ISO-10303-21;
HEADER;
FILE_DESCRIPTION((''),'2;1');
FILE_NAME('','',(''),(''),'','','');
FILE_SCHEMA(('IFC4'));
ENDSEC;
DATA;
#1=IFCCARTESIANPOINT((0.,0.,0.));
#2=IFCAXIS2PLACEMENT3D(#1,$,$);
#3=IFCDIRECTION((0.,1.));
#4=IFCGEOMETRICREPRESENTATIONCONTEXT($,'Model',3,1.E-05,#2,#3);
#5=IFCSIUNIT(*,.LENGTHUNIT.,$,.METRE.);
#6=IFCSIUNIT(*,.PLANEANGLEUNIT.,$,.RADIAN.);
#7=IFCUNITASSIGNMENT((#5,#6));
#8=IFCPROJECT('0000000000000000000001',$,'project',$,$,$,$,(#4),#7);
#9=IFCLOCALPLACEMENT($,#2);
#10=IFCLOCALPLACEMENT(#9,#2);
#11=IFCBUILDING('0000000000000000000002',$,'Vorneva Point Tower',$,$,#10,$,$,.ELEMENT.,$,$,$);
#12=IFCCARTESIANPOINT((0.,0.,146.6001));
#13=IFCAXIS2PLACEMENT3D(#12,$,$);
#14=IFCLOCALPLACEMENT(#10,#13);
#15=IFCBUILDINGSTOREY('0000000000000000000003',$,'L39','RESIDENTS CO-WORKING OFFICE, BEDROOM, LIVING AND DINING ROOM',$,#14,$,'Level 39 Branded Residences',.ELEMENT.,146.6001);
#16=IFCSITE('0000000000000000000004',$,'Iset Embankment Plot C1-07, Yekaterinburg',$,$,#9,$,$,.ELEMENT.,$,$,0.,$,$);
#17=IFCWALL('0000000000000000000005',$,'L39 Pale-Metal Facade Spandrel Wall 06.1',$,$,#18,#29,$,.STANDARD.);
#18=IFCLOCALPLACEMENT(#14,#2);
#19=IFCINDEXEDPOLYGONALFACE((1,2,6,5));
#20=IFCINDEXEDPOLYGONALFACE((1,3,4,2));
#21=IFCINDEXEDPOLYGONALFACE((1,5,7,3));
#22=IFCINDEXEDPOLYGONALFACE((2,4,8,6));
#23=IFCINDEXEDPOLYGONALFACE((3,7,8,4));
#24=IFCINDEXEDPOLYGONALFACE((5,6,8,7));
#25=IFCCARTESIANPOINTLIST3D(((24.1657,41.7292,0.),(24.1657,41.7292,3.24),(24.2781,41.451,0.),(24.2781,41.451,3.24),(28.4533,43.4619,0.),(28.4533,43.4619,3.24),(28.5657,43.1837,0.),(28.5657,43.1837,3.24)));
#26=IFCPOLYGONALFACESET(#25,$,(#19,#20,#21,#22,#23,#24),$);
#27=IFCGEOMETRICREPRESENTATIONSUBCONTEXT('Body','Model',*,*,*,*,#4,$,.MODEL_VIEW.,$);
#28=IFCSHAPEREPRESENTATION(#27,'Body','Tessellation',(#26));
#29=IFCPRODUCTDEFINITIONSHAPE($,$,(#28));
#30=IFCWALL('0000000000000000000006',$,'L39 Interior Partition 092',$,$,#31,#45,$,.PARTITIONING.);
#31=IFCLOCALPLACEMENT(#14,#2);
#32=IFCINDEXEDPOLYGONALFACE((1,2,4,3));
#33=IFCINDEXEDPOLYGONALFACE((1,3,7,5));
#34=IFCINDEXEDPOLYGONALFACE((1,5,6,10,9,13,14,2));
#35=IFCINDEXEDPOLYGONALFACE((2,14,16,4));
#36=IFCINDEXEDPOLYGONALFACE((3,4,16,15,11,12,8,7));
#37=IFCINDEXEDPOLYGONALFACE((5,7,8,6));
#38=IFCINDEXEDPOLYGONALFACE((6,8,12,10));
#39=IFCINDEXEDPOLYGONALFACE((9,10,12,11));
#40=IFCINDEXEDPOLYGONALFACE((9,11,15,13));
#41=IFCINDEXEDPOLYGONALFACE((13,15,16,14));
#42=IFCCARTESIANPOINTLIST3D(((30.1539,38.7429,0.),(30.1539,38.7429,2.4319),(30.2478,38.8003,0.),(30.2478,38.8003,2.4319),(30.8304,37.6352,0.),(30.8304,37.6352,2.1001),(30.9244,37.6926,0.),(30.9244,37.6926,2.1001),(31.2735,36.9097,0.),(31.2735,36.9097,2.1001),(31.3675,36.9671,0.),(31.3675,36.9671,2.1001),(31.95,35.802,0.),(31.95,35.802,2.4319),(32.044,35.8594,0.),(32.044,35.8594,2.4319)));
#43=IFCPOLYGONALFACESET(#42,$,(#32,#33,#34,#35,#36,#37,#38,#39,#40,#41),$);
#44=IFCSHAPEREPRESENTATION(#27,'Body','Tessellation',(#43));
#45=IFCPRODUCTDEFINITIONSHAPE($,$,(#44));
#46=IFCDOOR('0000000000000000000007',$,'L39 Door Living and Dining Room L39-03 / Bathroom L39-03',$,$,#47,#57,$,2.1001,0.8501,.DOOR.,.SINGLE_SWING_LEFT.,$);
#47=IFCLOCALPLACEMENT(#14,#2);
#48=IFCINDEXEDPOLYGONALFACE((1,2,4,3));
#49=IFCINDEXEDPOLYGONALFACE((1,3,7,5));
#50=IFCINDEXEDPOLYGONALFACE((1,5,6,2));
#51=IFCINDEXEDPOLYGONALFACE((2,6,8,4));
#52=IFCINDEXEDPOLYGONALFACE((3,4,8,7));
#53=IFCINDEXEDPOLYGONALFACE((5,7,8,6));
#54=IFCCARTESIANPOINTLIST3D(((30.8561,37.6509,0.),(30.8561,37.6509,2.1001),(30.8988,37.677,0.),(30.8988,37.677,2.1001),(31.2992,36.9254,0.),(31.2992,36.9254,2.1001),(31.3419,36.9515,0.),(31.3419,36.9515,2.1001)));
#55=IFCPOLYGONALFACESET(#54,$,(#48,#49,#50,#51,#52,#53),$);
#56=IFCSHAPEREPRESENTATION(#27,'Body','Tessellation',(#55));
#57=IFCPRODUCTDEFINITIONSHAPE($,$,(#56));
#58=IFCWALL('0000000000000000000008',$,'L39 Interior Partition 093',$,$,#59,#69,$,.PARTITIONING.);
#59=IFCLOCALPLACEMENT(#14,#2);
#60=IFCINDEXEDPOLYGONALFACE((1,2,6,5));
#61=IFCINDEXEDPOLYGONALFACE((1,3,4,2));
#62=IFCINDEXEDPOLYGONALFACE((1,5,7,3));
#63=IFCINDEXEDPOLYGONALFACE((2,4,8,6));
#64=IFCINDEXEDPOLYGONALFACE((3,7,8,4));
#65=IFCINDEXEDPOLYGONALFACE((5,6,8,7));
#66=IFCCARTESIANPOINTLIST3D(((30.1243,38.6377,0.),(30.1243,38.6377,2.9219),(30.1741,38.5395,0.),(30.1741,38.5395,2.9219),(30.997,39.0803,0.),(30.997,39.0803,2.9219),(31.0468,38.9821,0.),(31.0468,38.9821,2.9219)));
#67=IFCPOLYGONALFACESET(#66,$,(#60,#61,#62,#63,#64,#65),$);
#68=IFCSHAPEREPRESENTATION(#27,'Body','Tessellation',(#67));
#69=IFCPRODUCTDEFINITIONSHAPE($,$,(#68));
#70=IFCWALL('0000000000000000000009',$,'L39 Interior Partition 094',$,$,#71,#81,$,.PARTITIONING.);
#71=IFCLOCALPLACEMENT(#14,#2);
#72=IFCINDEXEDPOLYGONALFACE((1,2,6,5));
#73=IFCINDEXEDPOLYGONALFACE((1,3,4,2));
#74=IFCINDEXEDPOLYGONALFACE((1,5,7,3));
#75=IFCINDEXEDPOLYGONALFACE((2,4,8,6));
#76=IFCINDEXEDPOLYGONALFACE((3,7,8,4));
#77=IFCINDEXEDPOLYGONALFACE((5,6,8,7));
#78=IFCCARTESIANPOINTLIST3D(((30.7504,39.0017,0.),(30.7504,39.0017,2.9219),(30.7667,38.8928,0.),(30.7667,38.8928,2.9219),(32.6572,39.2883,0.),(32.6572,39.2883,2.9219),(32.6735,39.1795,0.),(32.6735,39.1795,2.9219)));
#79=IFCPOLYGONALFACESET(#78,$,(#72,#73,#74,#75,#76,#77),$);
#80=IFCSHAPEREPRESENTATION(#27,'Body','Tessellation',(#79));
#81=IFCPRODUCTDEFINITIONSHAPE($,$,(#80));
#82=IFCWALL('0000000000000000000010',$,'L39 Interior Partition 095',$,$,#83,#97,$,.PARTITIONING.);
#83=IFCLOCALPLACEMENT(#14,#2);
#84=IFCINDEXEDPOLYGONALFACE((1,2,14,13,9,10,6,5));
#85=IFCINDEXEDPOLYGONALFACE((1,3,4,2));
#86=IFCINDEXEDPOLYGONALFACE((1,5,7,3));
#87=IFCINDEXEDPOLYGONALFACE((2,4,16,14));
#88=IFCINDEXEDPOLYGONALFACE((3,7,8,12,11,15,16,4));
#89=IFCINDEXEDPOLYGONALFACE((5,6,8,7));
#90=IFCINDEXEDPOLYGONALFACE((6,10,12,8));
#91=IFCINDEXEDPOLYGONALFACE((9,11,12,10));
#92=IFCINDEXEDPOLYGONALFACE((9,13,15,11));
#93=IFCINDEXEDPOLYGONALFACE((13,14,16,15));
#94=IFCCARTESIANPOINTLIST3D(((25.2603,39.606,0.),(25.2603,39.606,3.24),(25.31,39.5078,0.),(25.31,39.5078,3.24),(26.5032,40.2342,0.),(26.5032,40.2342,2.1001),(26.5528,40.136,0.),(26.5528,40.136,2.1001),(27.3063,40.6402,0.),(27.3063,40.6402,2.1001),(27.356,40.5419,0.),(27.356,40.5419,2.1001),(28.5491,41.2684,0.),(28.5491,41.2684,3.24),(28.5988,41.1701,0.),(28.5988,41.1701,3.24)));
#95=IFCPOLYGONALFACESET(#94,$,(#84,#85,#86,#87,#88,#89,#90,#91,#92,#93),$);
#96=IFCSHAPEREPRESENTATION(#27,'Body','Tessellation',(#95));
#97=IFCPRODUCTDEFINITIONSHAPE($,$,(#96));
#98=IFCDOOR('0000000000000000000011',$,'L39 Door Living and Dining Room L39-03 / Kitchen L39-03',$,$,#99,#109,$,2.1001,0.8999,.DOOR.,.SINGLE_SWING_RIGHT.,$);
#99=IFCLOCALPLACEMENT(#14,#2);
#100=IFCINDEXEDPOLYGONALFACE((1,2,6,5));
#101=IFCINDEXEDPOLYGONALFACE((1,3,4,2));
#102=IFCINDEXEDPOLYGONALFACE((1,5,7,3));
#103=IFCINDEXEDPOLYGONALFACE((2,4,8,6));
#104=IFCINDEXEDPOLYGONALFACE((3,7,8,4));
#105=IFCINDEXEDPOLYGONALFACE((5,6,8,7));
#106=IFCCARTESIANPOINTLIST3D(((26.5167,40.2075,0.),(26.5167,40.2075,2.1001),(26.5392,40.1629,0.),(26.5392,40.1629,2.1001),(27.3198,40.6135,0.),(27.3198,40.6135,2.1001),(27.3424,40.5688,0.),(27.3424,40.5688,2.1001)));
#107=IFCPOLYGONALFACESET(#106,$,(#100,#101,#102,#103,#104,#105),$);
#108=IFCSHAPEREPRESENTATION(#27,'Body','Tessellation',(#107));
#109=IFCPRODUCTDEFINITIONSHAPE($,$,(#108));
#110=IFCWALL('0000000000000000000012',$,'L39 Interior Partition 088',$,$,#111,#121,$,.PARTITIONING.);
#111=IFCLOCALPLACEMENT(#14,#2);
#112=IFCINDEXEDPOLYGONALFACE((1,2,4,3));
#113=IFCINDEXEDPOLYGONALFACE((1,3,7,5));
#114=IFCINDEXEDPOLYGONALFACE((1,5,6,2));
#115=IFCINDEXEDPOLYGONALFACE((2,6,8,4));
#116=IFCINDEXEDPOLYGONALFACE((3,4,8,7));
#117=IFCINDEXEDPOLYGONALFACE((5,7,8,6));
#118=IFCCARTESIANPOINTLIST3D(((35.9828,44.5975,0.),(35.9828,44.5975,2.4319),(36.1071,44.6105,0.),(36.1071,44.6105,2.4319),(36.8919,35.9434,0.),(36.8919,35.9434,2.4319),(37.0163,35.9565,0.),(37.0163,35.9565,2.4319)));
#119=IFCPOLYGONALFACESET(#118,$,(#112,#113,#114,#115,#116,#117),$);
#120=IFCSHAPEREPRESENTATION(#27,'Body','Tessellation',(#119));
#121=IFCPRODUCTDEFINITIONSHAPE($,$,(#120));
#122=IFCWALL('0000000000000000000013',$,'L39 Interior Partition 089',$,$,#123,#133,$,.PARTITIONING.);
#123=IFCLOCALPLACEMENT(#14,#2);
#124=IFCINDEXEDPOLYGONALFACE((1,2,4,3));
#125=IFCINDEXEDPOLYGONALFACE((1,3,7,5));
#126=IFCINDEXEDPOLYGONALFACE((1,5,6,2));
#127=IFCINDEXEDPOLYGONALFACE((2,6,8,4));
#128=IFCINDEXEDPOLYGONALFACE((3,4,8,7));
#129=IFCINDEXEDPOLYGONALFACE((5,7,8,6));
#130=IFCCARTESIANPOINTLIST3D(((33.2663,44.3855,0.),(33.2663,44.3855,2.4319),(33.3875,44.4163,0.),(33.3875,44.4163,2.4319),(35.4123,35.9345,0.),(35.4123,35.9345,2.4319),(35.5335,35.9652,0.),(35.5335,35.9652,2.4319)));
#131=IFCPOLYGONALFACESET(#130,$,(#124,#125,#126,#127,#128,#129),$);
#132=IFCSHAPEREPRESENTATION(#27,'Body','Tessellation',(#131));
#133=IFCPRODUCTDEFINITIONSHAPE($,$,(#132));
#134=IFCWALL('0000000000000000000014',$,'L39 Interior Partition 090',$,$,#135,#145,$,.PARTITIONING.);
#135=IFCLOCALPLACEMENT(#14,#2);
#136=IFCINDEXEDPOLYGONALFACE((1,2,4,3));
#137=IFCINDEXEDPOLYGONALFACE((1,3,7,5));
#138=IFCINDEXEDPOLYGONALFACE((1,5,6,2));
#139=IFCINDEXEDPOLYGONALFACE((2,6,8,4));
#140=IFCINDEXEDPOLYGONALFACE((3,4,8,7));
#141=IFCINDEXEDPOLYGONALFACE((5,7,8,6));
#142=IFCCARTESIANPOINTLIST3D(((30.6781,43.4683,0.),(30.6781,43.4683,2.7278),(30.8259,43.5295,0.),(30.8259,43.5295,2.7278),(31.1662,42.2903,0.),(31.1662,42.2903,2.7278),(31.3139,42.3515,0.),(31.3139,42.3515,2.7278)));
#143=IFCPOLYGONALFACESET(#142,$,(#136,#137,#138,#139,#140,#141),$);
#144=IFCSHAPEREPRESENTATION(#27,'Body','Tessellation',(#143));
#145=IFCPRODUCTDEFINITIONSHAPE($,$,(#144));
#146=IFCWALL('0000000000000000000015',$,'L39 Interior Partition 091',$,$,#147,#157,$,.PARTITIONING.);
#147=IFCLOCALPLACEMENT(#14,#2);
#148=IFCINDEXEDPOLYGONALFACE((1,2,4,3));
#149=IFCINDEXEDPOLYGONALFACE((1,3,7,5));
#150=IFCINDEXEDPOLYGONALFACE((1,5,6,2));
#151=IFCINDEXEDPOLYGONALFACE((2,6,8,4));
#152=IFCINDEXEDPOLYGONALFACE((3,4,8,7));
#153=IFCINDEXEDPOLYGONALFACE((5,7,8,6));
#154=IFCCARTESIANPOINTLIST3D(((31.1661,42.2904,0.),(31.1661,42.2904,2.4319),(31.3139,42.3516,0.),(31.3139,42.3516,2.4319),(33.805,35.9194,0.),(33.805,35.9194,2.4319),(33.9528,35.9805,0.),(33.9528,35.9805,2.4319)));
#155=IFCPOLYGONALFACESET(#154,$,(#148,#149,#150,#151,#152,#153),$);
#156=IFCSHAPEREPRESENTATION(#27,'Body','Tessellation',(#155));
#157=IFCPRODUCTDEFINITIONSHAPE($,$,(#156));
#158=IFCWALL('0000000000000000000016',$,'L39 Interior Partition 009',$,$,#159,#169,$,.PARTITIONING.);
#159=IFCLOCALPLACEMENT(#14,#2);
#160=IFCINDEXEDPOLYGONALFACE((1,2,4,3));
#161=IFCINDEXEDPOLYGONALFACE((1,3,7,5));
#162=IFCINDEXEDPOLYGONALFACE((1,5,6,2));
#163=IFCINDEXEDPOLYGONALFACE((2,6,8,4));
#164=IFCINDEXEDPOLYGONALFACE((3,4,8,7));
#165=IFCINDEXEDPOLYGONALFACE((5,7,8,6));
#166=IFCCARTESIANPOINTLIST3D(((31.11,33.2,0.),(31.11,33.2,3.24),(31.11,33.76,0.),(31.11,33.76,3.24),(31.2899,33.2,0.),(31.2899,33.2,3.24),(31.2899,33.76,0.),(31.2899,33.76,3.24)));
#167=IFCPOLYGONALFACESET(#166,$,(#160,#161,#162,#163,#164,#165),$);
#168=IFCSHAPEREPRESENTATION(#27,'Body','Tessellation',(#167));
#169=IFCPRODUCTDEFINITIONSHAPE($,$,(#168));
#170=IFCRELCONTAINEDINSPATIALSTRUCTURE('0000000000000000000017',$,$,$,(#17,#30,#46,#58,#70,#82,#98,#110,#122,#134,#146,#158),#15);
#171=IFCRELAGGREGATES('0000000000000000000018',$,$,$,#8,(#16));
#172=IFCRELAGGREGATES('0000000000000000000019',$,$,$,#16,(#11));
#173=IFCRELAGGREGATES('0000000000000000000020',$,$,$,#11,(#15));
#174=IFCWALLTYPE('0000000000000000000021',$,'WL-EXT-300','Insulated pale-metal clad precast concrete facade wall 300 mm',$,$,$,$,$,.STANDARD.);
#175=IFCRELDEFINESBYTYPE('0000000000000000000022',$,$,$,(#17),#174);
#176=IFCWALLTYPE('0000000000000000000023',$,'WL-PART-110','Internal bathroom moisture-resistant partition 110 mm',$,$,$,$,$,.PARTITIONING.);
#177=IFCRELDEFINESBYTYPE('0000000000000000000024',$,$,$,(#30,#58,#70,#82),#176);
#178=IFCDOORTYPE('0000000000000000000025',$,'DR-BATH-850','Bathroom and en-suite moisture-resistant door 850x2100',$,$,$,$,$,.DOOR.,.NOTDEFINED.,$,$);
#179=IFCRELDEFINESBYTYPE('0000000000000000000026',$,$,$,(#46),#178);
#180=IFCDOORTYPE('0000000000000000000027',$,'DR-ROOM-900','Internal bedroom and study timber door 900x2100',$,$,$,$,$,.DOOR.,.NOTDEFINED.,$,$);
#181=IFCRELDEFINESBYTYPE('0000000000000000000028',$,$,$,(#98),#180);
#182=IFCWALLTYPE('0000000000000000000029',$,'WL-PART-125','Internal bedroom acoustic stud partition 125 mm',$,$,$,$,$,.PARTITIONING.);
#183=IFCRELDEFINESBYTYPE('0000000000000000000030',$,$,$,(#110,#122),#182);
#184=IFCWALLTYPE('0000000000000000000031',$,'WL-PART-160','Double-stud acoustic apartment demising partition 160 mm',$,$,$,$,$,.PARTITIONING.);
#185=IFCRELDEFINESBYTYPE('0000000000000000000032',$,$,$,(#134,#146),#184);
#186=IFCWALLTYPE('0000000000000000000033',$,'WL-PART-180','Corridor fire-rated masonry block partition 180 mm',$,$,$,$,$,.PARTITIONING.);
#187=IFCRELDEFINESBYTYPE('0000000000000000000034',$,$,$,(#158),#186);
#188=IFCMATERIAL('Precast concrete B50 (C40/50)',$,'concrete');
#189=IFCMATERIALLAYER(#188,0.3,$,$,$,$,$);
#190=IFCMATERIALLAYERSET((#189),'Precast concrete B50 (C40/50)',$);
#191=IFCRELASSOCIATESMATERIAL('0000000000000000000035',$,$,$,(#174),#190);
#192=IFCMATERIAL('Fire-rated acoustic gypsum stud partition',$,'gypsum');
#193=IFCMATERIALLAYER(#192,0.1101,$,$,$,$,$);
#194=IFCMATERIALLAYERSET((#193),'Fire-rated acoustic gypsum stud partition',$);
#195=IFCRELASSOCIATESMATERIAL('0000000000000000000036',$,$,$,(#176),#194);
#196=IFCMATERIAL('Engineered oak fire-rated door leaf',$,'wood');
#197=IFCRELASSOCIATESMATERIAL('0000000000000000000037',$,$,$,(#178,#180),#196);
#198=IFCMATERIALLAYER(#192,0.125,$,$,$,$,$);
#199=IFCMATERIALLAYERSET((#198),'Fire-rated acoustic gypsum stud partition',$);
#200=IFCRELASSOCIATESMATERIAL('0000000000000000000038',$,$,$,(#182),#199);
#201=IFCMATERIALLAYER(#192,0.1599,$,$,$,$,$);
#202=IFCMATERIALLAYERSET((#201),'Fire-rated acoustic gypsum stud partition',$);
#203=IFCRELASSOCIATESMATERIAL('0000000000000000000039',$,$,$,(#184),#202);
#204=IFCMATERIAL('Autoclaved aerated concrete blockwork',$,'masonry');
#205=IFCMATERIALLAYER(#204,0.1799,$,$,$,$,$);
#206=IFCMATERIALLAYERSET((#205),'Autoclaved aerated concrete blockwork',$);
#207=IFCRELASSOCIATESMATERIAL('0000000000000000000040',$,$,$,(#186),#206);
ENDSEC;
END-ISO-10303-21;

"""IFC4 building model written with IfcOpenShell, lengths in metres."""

from ifc_helpers import new_model, si_unit, direction, frame, frame_2d, origin, place, context, subcontext, project, spatial, rectangle, extrude, material, layer, layer_set, type_object, element, fill, save


model = new_model("IFC4")

# Units and contexts
model_context = context("Model", 3, precision=1e-05, world=origin(), true_north=direction((0.0, 1.0)))
body_context = subcontext(model_context, "Body", "Model", "MODEL_VIEW")
ifc_project = project(units=[si_unit("LENGTHUNIT", "METRE"), si_unit("PLANEANGLEUNIT", "RADIAN")], contexts=[model_context])

# Site, building, storey
site_placement = place(None, origin())
site = spatial("IfcSite", under=ifc_project, at=site_placement, Name="Iset Embankment Plot C1-07, Yekaterinburg", CompositionType="ELEMENT", RefElevation=0.0)
building_placement = place(site_placement, origin())
building = spatial("IfcBuilding", under=site, at=building_placement, Name="Vorneva Point Tower", CompositionType="ELEMENT")
storey_placement = place(building_placement, frame((0.0, 0.0, 146.6001)))
storey = spatial("IfcBuildingStorey", under=building, at=storey_placement, Name="L39", Description="RESIDENTS CO-WORKING OFFICE, BEDROOM, LIVING AND DINING ROOM", LongName="Level 39 Branded Residences", CompositionType="ELEMENT", Elevation=146.6001)

# Wall
ifc_material_1 = material(Name="Precast concrete B50 (C40/50)", Category="concrete")
ifc_layer_1 = layer(ifc_material_1, 0.3)
ifc_layer_set_1 = layer_set([ifc_layer_1], Name="Precast concrete B50 (C40/50)")
wall_type_1 = type_object("IfcWallType", Name="WL-EXT-300", Description="Insulated pale-metal clad precast concrete facade wall 300 mm", PredefinedType="STANDARD", material=ifc_layer_set_1)
wall_1_placement = place(storey_placement, frame((28.5095, 43.3228, 0.0), z_axis=(0.0, 0.0, 1.0), x_axis=(-0.927157, -0.374674, 0.0)))
element("IfcWall", 1, at=wall_1_placement, inside=storey, type_object=wall_type_1, Name="L39 Pale-Metal Facade Spandrel Wall 06.1", PredefinedType="STANDARD", context=body_context, shape_type="SweptSolid", body=[
    extrude(rectangle(XDim=4.6245, YDim=0.3, at=frame_2d((2.3123, 0.0))), origin(), (0.0, 0.0, 1.0), 3.24),
])

# Wall, opening, door
ifc_material_2 = material(Name="Fire-rated acoustic gypsum stud partition", Category="gypsum")
ifc_layer_2 = layer(ifc_material_2, 0.1101)
ifc_layer_set_2 = layer_set([ifc_layer_2], Name="Fire-rated acoustic gypsum stud partition")
wall_type_2 = type_object("IfcWallType", Name="WL-PART-110", Description="Internal bathroom moisture-resistant partition 110 mm", PredefinedType="PARTITIONING", material=ifc_layer_set_2)
wall_2_placement = place(storey_placement, frame((31.9971, 35.8306, 0.0), z_axis=(0.0, 0.0, 1.0), x_axis=(-0.521221, 0.853422, 0.0)))
wall_2 = element("IfcWall", 2, at=wall_2_placement, inside=storey, type_object=wall_type_2, Name="L39 Interior Partition 092", PredefinedType="PARTITIONING", context=body_context, shape_type="SweptSolid", body=[
    extrude(rectangle(XDim=3.446, YDim=0.1101, at=frame_2d((1.7231, 0.0))), origin(), (0.0, 0.0, 1.0), 2.4319),
])
opening_1_placement = place(wall_2_placement, frame((1.2981, 0.0, 0.0)))
opening_1 = element("IfcOpeningElement", 3, at=opening_1_placement, cuts=wall_2, PredefinedType="OPENING", context=body_context, shape_type="SweptSolid", body=[
    extrude(rectangle(XDim=0.8501, YDim=2.1001, at=frame_2d((0.425, 1.05))), frame((0.0, 0.0698, 0.0), z_axis=(0.0, -1.0, 0.0), x_axis=(1.0, 0.0, 0.0)), (0.0, 0.0, 1.0), 0.1399),
])
ifc_material_3 = material(Name="Engineered oak fire-rated door leaf", Category="wood")
door_type_1 = type_object("IfcDoorType", Name="DR-BATH-850", Description="Bathroom and en-suite moisture-resistant door 850x2100", OperationType="NOTDEFINED", PredefinedType="DOOR", material=ifc_material_3)
door_1_placement = place(opening_1_placement, origin())
door_1 = element("IfcDoor", 4, at=door_1_placement, inside=storey, type_object=door_type_1, Name="L39 Door Living and Dining Room L39-03 / Bathroom L39-03", OperationType="SINGLE_SWING_LEFT", OverallHeight=2.1001, OverallWidth=0.8501, PredefinedType="DOOR", context=body_context, shape_type="SweptSolid", body=[
    extrude(rectangle(XDim=0.8501, YDim=2.1001, at=frame_2d((0.425, 1.05))), frame((0.0, 0.0249, 0.0), z_axis=(0.0, -1.0, 0.0), x_axis=(1.0, 0.0, 0.0)), (0.0, 0.0, 1.0), 0.05),
])
fill(opening_1, door_1)

# Walls
wall_3_placement = place(storey_placement, frame((30.1492, 38.5886, 0.0), z_axis=(0.0, 0.0, 1.0), x_axis=(0.891868, 0.452296, 0.0)))
element("IfcWall", 5, at=wall_3_placement, inside=storey, type_object=wall_type_2, Name="L39 Interior Partition 093", PredefinedType="PARTITIONING", context=body_context, shape_type="SweptSolid", body=[
    extrude(rectangle(XDim=0.9785, YDim=0.1101, at=frame_2d((0.4893, 0.0))), origin(), (0.0, 0.0, 1.0), 2.9219),
])
wall_4_placement = place(storey_placement, frame((30.7585, 38.9473, 0.0), z_axis=(0.0, 0.0, 1.0), x_axis=(0.98889, 0.14865, 0.0)))
element("IfcWall", 6, at=wall_4_placement, inside=storey, type_object=wall_type_2, Name="L39 Interior Partition 094", PredefinedType="PARTITIONING", context=body_context, shape_type="SweptSolid", body=[
    extrude(rectangle(XDim=1.9282, YDim=0.1101, at=frame_2d((0.9641, 0.0))), origin(), (0.0, 0.0, 1.0), 2.9219),
])

# Wall, opening, door
wall_5_placement = place(storey_placement, frame((28.574, 41.2192, 0.0), z_axis=(0.0, 0.0, 1.0), x_axis=(-0.892471, -0.451105, 0.0)))
wall_5 = element("IfcWall", 7, at=wall_5_placement, inside=storey, type_object=wall_type_2, Name="L39 Interior Partition 095", PredefinedType="PARTITIONING", context=body_context, shape_type="SweptSolid", body=[
    extrude(rectangle(XDim=3.6851, YDim=0.1101, at=frame_2d((1.8425, 0.0))), origin(), (0.0, 0.0, 1.0), 3.24),
])
opening_2_placement = place(wall_5_placement, frame((1.3926, 0.0, 0.0)))
opening_2 = element("IfcOpeningElement", 8, at=opening_2_placement, cuts=wall_5, PredefinedType="OPENING", context=body_context, shape_type="SweptSolid", body=[
    extrude(rectangle(XDim=0.8999, YDim=2.1001, at=frame_2d((0.45, 1.05))), frame((0.0, 0.0698, 0.0), z_axis=(0.0, -1.0, 0.0), x_axis=(1.0, 0.0, 0.0)), (0.0, 0.0, 1.0), 0.1399),
])
door_type_2 = type_object("IfcDoorType", Name="DR-ROOM-900", Description="Internal bedroom and study timber door 900x2100", OperationType="NOTDEFINED", PredefinedType="DOOR", material=ifc_material_3)
door_2_placement = place(opening_2_placement, origin())
door_2 = element("IfcDoor", 9, at=door_2_placement, inside=storey, type_object=door_type_2, Name="L39 Door Living and Dining Room L39-03 / Kitchen L39-03", OperationType="SINGLE_SWING_RIGHT", OverallHeight=2.1001, OverallWidth=0.8999, PredefinedType="DOOR", context=body_context, shape_type="SweptSolid", body=[
    extrude(rectangle(XDim=0.8999, YDim=2.1001, at=frame_2d((0.45, 1.05))), frame((0.0, 0.0249, 0.0), z_axis=(0.0, -1.0, 0.0), x_axis=(1.0, 0.0, 0.0)), (0.0, 0.0, 1.0), 0.05),
])
fill(opening_2, door_2)

# Walls
ifc_layer_3 = layer(ifc_material_2, 0.125)
ifc_layer_set_3 = layer_set([ifc_layer_3], Name="Fire-rated acoustic gypsum stud partition")
wall_type_3 = type_object("IfcWallType", Name="WL-PART-125", Description="Internal bedroom acoustic stud partition 125 mm", PredefinedType="PARTITIONING", material=ifc_layer_set_3)
wall_6_placement = place(storey_placement, frame((36.0449, 44.604, 0.0), z_axis=(0.0, 0.0, 1.0), x_axis=(0.104483, -0.994527, 0.0)))
element("IfcWall", 10, at=wall_6_placement, inside=storey, type_object=wall_type_3, Name="L39 Interior Partition 088", PredefinedType="PARTITIONING", context=body_context, shape_type="SweptSolid", body=[
    extrude(rectangle(XDim=8.7017, YDim=0.125, at=frame_2d((4.3508, 0.0))), origin(), (0.0, 0.0, 1.0), 2.4319),
])
wall_7_placement = place(storey_placement, frame((33.3269, 44.4009, 0.0), z_axis=(0.0, 0.0, 1.0), x_axis=(0.246125, -0.969238, 0.0)))
element("IfcWall", 11, at=wall_7_placement, inside=storey, type_object=wall_type_3, Name="L39 Interior Partition 089", PredefinedType="PARTITIONING", context=body_context, shape_type="SweptSolid", body=[
    extrude(rectangle(XDim=8.7192, YDim=0.125, at=frame_2d((4.3596, 0.0))), origin(), (0.0, 0.0, 1.0), 2.4319),
])
ifc_layer_4 = layer(ifc_material_2, 0.1599)
ifc_layer_set_4 = layer_set([ifc_layer_4], Name="Fire-rated acoustic gypsum stud partition")
wall_type_4 = type_object("IfcWallType", Name="WL-PART-160", Description="Double-stud acoustic apartment demising partition 160 mm", PredefinedType="PARTITIONING", material=ifc_layer_set_4)
wall_8_placement = place(storey_placement, frame((30.752, 43.499, 0.0), z_axis=(0.0, 0.0, 1.0), x_axis=(0.382752, -0.923851, 0.0)))
element("IfcWall", 12, at=wall_8_placement, inside=storey, type_object=wall_type_4, Name="L39 Interior Partition 090", PredefinedType="PARTITIONING", context=body_context, shape_type="SweptSolid", body=[
    extrude(rectangle(XDim=1.2751, YDim=0.1599, at=frame_2d((0.6377, 0.0))), origin(), (0.0, 0.0, 1.0), 2.7278),
])
wall_9_placement = place(storey_placement, frame((31.24, 42.321, 0.0), z_axis=(0.0, 0.0, 1.0), x_axis=(0.382674, -0.923884, 0.0)))
element("IfcWall", 13, at=wall_9_placement, inside=storey, type_object=wall_type_4, Name="L39 Interior Partition 091", PredefinedType="PARTITIONING", context=body_context, shape_type="SweptSolid", body=[
    extrude(rectangle(XDim=6.896, YDim=0.1599, at=frame_2d((3.448, 0.0))), origin(), (0.0, 0.0, 1.0), 2.4319),
])

# Shared definitions
ifc_material_4 = material(Name="Autoclaved aerated concrete blockwork", Category="masonry")
ifc_layer_5 = layer(ifc_material_4, 0.1799)
ifc_layer_set_5 = layer_set([ifc_layer_5], Name="Autoclaved aerated concrete blockwork")
wall_type_5 = type_object("IfcWallType", Name="WL-PART-180", Description="Corridor fire-rated masonry block partition 180 mm", PredefinedType="PARTITIONING", material=ifc_layer_set_5)

# Wall
wall_10_placement = place(storey_placement, frame((31.2, 33.76, 0.0), z_axis=(0.0, 0.0, 1.0), x_axis=(0.0, -1.0, 0.0)))
element("IfcWall", 14, at=wall_10_placement, inside=storey, type_object=wall_type_5, Name="L39 Interior Partition 009", PredefinedType="PARTITIONING", context=body_context, shape_type="SweptSolid", body=[
    extrude(rectangle(XDim=0.5601, YDim=0.1799, at=frame_2d((0.28, 0.0))), origin(), (0.0, 0.0, 1.0), 3.24),
])

save(model, "model.ifc")
